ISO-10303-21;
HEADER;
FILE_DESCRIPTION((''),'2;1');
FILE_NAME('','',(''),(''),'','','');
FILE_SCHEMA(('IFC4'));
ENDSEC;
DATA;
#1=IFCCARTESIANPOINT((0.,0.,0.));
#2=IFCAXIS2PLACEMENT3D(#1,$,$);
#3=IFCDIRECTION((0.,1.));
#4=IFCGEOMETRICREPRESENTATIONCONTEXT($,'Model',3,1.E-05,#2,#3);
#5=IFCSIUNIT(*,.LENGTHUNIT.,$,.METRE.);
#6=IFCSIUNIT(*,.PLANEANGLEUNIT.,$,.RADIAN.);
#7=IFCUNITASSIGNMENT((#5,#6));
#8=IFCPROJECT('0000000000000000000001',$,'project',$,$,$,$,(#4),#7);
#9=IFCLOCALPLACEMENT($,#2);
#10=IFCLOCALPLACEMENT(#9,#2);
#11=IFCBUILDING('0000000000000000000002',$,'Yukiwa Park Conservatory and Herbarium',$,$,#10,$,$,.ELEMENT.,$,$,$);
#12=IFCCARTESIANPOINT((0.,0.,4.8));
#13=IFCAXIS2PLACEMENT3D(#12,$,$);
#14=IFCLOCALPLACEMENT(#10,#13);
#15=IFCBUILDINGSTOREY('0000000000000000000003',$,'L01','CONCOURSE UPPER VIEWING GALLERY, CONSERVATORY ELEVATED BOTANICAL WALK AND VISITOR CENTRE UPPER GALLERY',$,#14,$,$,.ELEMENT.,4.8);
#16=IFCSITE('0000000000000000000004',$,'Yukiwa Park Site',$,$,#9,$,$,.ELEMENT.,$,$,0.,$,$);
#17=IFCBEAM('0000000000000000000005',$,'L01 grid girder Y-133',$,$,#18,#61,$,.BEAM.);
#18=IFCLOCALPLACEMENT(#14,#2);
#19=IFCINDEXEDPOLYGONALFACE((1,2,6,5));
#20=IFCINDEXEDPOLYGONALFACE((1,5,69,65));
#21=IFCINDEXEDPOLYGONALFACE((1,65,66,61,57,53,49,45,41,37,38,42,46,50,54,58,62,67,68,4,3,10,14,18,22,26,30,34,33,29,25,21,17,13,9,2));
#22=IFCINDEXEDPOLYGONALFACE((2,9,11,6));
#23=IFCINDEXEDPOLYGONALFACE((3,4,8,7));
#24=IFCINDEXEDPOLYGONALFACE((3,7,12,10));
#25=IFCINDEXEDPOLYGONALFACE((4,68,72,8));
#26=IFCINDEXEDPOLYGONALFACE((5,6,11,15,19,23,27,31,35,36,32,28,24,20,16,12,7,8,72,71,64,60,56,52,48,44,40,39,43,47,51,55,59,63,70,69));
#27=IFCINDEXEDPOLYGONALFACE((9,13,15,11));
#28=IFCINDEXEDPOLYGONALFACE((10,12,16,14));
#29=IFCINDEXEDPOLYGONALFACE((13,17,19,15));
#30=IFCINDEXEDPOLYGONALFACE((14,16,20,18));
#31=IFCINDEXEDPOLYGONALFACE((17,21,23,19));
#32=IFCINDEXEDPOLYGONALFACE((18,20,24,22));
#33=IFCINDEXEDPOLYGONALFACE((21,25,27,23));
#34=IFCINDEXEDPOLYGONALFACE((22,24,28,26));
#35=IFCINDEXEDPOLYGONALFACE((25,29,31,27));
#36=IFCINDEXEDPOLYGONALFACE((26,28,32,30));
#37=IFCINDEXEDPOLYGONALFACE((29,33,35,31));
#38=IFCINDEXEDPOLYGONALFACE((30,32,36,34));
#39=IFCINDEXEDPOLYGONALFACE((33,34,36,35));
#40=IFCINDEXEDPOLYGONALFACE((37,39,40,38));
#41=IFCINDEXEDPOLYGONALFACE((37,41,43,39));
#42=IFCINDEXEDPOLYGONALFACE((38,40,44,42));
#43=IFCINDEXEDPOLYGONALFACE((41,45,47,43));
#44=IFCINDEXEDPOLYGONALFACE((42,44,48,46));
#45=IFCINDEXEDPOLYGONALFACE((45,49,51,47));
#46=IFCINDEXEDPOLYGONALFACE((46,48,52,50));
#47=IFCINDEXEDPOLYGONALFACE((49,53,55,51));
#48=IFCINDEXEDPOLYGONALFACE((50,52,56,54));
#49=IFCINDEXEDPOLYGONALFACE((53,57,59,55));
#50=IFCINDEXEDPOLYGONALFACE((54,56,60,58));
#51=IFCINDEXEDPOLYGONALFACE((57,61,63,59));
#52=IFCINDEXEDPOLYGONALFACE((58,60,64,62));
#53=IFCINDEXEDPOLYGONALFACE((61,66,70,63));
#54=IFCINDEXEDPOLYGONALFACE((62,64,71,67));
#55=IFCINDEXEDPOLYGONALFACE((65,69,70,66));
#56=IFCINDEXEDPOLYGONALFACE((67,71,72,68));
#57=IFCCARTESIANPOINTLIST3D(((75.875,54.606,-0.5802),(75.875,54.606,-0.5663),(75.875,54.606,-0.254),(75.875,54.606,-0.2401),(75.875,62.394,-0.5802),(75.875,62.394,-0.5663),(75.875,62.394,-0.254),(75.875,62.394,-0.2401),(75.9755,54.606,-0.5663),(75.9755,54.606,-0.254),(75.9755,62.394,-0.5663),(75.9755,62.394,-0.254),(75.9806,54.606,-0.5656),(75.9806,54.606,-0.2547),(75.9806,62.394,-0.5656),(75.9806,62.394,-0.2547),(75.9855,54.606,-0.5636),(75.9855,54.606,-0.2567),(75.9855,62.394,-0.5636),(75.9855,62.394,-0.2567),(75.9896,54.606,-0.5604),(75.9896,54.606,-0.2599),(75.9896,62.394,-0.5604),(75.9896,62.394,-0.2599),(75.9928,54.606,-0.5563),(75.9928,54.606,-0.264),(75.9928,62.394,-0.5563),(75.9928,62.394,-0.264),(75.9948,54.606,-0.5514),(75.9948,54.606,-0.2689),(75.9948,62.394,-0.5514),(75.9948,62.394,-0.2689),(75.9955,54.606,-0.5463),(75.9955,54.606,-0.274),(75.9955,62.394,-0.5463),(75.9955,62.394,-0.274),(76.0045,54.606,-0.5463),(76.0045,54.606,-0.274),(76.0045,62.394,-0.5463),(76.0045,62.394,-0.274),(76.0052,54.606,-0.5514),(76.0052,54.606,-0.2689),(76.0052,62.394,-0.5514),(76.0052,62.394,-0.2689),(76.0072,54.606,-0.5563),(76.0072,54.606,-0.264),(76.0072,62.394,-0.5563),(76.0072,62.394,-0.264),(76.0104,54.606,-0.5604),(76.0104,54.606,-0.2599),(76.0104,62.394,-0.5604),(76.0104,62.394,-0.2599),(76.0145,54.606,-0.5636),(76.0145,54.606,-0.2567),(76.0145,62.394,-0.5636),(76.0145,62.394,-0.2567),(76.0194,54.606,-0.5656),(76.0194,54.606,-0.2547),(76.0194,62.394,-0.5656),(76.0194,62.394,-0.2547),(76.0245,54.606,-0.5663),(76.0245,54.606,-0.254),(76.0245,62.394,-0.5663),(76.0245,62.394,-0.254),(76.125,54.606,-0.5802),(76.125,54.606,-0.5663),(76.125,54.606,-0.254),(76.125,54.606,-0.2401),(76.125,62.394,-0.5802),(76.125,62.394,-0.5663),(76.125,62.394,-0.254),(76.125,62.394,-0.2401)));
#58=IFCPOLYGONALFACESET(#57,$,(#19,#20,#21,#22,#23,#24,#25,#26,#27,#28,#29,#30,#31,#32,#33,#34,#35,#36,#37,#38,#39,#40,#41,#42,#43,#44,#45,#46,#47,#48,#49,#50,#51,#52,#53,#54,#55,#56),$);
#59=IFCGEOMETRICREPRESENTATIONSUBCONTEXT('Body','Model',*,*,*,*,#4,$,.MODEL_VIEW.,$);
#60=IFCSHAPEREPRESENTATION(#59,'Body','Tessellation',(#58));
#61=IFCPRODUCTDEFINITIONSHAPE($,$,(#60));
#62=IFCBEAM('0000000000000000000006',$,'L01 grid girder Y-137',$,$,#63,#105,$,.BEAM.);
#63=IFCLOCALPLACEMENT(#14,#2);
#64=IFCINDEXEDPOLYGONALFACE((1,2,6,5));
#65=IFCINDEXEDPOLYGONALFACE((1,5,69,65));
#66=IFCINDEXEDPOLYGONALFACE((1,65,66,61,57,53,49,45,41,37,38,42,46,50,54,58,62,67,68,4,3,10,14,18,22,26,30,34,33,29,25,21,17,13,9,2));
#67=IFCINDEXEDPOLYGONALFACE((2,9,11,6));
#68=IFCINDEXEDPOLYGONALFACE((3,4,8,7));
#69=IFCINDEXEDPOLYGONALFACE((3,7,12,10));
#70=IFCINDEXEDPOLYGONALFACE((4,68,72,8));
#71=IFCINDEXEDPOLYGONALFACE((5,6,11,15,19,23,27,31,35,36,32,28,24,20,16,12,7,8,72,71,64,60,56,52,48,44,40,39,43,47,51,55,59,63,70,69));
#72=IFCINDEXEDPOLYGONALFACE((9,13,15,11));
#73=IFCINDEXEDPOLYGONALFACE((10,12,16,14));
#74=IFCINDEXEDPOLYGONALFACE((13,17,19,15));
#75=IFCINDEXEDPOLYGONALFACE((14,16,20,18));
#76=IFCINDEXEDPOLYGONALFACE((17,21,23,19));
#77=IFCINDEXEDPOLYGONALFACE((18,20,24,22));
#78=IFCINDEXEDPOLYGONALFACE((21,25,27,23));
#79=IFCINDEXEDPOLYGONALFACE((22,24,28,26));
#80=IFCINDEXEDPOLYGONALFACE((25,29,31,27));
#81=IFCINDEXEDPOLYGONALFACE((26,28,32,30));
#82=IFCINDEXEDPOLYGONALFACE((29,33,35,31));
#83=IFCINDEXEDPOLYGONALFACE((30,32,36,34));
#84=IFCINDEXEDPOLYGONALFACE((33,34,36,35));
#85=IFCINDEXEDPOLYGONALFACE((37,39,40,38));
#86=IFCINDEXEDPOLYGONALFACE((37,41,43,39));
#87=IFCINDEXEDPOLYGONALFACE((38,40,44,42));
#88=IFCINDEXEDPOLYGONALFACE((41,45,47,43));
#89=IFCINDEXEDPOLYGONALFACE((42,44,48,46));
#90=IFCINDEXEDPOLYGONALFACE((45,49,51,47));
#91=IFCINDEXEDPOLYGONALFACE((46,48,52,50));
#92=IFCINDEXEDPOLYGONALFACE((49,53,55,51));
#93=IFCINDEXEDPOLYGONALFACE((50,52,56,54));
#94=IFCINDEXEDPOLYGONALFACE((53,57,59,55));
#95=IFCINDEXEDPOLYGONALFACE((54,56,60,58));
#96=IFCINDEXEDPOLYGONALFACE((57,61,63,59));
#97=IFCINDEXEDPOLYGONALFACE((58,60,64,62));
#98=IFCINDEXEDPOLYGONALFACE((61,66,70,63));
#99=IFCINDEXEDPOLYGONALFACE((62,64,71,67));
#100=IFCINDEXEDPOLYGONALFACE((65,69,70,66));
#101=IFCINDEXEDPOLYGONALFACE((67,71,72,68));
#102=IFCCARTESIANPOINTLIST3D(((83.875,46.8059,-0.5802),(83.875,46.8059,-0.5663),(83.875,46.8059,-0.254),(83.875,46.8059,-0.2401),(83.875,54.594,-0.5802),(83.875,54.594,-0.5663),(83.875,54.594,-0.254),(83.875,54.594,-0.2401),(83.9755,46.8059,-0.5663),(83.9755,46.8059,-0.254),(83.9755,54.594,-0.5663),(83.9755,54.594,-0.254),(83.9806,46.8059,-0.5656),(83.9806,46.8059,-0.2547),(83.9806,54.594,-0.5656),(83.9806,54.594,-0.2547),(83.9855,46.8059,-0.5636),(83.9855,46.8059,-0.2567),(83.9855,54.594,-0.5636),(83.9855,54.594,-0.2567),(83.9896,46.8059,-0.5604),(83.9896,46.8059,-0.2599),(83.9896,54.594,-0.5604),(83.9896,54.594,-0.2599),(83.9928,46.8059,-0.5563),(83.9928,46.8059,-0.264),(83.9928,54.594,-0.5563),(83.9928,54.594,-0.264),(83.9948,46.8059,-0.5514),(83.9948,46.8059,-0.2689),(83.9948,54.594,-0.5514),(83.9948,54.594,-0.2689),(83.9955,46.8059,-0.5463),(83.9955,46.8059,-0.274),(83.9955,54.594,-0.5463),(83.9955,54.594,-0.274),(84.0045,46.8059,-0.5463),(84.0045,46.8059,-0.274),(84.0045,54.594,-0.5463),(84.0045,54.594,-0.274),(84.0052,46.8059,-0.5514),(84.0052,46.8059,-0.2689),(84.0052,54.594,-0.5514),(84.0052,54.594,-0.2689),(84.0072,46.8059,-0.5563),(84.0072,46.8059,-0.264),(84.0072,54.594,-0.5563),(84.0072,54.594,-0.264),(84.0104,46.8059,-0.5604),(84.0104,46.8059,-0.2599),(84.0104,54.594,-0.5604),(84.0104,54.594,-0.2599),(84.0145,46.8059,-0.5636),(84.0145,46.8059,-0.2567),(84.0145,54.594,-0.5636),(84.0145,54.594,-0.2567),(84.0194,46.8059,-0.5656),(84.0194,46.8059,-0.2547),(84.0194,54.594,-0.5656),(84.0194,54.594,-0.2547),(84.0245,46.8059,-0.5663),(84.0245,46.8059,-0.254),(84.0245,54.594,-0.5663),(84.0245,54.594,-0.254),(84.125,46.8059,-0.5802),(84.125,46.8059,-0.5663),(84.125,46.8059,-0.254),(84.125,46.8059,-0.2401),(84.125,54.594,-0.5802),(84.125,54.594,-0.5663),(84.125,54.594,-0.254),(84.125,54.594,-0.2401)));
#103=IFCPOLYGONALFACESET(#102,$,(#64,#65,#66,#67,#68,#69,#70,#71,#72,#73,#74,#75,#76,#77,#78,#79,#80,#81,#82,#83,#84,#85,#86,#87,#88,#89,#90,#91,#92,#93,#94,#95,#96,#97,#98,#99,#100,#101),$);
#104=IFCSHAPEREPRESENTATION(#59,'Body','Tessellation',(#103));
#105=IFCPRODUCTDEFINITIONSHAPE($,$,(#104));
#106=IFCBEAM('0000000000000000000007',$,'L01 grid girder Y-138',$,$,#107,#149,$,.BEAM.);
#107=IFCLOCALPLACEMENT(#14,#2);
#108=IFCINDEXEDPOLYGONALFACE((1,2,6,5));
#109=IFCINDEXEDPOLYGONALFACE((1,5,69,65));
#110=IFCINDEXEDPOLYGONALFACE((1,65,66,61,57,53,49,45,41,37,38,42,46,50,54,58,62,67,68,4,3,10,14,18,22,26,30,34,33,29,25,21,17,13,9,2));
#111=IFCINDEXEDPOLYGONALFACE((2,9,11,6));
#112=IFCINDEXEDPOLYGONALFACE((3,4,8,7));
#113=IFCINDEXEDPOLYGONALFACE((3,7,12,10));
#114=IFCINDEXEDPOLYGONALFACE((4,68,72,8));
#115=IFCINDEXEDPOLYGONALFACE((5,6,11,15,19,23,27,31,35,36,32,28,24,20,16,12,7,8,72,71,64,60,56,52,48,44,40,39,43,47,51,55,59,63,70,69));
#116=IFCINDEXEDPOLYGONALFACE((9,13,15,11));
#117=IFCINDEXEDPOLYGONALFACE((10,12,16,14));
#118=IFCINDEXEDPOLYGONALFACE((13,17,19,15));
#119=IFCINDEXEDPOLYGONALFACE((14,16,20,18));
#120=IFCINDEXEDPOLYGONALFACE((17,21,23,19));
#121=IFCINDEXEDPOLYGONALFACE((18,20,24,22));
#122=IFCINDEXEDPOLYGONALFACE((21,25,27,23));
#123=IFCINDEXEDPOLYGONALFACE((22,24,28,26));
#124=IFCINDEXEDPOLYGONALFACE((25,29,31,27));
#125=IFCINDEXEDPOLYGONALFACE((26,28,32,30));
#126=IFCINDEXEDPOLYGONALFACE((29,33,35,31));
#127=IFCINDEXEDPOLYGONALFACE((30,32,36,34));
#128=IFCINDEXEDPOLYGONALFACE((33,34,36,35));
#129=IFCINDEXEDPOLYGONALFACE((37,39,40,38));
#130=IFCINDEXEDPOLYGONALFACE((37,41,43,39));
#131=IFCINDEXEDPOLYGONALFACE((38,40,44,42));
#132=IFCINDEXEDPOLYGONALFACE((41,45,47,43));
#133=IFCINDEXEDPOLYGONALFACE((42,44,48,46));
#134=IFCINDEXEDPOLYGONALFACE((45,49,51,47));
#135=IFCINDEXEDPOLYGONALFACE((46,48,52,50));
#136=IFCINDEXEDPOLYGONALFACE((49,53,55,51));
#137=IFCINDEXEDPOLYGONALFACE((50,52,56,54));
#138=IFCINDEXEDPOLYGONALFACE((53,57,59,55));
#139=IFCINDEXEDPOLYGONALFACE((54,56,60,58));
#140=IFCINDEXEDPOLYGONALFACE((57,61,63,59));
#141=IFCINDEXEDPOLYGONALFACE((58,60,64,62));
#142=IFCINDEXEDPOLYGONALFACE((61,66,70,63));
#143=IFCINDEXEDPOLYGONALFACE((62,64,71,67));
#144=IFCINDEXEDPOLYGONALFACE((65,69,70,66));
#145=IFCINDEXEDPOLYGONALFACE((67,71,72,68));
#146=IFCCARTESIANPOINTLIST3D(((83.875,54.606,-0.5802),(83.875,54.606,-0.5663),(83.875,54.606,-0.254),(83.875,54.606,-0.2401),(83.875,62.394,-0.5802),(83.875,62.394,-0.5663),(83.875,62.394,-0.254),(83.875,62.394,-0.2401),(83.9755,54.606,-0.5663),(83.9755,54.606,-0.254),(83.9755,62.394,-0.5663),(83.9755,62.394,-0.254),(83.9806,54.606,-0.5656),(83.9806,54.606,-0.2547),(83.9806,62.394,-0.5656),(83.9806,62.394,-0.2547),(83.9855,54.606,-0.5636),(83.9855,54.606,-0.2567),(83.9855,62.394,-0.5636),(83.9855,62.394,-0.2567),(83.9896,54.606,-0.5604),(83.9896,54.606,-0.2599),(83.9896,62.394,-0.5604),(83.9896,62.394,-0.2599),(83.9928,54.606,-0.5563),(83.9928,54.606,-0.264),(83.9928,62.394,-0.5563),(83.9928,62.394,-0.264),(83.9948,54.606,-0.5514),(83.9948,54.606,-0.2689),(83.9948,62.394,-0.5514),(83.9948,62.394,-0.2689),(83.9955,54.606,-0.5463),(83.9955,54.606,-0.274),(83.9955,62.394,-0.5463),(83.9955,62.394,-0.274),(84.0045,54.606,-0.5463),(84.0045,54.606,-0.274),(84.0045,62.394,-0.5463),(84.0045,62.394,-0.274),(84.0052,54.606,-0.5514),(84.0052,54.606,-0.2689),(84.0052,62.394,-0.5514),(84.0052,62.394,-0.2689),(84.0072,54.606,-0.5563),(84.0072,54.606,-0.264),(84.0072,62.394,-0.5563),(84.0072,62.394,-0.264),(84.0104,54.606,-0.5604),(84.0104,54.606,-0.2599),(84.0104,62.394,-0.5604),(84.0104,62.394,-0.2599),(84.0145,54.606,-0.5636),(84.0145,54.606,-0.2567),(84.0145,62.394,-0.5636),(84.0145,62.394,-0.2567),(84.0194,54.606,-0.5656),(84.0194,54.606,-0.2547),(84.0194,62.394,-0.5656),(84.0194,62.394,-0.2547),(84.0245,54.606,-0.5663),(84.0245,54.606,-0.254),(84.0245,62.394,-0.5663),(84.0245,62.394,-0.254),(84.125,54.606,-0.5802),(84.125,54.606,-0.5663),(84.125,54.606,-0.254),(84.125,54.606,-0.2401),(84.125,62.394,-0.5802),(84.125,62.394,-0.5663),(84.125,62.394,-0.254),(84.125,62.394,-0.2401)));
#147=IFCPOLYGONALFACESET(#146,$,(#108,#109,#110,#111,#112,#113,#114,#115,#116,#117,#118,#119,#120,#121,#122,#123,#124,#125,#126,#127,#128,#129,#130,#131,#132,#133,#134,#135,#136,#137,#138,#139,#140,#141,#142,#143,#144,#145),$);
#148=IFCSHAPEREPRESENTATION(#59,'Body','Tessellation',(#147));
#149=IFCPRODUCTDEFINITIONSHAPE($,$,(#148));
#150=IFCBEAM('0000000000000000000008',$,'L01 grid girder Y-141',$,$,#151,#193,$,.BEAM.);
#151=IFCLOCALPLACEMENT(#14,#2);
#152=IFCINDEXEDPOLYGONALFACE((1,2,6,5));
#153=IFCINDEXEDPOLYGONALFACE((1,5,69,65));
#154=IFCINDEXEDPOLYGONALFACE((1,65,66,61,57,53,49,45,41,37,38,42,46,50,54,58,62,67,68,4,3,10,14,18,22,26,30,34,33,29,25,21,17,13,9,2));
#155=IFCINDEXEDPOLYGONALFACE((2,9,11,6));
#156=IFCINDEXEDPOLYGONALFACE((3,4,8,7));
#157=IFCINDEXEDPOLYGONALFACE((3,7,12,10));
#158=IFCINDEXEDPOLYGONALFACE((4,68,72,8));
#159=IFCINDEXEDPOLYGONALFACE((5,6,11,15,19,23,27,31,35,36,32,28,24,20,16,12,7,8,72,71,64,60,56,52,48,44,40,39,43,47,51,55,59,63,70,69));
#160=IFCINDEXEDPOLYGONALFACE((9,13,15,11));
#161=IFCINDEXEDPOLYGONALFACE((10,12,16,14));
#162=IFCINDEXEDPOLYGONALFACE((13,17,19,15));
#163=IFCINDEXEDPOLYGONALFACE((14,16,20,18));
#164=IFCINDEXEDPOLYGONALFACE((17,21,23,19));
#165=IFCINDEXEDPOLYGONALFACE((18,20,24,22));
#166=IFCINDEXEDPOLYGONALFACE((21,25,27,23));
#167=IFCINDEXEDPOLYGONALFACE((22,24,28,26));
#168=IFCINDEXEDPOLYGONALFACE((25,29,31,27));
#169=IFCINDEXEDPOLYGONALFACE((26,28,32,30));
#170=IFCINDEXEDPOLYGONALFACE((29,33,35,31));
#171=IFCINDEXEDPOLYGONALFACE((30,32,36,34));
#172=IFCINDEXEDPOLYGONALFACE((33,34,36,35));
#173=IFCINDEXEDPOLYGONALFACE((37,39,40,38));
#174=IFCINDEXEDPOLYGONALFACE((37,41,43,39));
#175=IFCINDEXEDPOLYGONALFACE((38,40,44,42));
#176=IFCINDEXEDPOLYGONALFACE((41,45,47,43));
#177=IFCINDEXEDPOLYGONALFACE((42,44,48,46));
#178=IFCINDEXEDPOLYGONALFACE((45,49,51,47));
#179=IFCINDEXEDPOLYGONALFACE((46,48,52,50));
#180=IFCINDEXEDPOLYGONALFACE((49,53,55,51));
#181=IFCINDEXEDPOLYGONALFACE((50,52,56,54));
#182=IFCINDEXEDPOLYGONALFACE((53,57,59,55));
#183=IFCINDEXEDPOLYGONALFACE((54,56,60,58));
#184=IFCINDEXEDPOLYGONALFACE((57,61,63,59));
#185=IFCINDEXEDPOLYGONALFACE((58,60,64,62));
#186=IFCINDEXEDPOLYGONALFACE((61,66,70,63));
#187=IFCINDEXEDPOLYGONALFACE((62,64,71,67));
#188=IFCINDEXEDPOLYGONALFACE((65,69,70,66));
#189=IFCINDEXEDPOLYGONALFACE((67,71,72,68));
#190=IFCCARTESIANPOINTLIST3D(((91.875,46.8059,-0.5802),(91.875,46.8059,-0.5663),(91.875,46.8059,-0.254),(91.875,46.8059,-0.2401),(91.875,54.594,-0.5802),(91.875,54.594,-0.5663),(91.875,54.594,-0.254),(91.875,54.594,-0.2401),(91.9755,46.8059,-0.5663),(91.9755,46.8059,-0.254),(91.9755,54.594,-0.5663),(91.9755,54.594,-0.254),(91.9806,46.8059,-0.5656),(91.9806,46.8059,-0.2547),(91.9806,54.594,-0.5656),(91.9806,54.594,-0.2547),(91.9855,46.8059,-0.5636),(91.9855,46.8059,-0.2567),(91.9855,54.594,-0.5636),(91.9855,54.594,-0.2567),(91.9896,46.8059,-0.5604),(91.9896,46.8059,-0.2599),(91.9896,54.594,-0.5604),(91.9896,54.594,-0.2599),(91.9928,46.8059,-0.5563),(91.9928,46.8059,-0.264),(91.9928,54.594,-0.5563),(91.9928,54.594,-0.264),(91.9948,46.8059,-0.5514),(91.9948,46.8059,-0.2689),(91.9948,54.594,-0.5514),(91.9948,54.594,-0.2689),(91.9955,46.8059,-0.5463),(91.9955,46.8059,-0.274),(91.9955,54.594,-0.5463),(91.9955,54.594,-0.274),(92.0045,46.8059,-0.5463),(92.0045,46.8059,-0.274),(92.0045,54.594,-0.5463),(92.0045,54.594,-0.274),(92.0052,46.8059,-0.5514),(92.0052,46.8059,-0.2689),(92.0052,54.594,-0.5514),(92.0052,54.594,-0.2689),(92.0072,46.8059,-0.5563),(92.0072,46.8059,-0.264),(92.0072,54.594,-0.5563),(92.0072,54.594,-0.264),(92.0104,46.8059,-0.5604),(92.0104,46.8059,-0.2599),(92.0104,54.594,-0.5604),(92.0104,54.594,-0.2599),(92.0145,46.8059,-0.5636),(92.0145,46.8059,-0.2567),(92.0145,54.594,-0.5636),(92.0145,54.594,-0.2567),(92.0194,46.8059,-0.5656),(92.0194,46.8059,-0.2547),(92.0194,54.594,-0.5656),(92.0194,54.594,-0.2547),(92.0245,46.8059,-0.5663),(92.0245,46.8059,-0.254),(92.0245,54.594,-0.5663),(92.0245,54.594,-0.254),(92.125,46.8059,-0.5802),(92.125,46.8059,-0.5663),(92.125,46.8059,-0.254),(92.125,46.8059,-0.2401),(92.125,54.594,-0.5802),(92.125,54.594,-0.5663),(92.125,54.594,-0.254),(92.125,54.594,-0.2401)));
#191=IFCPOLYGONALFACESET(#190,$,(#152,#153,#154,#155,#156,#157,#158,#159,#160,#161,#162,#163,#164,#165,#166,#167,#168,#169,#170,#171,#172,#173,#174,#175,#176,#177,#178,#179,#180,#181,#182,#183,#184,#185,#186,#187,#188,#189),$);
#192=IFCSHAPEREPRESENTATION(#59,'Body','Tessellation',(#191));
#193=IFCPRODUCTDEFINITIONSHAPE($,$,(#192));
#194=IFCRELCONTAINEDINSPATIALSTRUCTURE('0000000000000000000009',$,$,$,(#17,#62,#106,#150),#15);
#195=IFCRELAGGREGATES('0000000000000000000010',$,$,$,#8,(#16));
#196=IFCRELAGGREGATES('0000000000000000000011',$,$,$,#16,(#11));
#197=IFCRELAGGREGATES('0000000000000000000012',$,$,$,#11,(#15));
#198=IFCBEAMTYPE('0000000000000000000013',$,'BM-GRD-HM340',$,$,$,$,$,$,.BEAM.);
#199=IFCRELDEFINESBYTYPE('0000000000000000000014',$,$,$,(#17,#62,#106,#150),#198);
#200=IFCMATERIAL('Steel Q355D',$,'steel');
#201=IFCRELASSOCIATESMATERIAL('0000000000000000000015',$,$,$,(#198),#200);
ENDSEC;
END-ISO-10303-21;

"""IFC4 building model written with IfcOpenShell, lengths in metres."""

from ifc_helpers import new_model, si_unit, direction, frame, origin, origin_2d, place, context, subcontext, project, spatial, i_section, extrude, material, material_profile, profile_set, type_object, element, save


model = new_model("IFC4")

# Units and contexts
model_context = context("Model", 3, precision=1e-05, world=origin(), true_north=direction((0.0, 1.0)))
body_context = subcontext(model_context, "Body", "Model", "MODEL_VIEW")
ifc_project = project(units=[si_unit("LENGTHUNIT", "METRE"), si_unit("PLANEANGLEUNIT", "RADIAN")], contexts=[model_context])

# Site, building, storey
site_placement = place(None, origin())
site = spatial("IfcSite", under=ifc_project, at=site_placement, Name="Yukiwa Park Site", CompositionType="ELEMENT", RefElevation=0.0)
building_placement = place(site_placement, origin())
building = spatial("IfcBuilding", under=site, at=building_placement, Name="Yukiwa Park Conservatory and Herbarium", CompositionType="ELEMENT")
storey_placement = place(building_placement, frame((0.0, 0.0, 4.8)))
storey = spatial("IfcBuildingStorey", under=building, at=storey_placement, Name="L01", Description="CONCOURSE UPPER VIEWING GALLERY, CONSERVATORY ELEVATED BOTANICAL WALK AND VISITOR CENTRE UPPER GALLERY", CompositionType="ELEMENT", Elevation=4.8)

# Beams
ifc_material_1 = material(Name="Steel Q355D", Category="steel")
ifc_material_profile_1 = material_profile(ifc_material_1, i_section(OverallWidth=0.25, OverallDepth=0.3401, WebThickness=0.009, FlangeThickness=0.0139, FilletRadius=0.02, at=origin_2d()), Name="HM 340x250x9x14")
ifc_profile_set_1 = profile_set([ifc_material_profile_1], Name="Steel Q355D")
beam_type_1 = type_object("IfcBeamType", Name="BM-GRD-HM340", PredefinedType="BEAM", material=ifc_profile_set_1)
for number, where, z_axis, x_axis, name in (
    (1, (76.0, 54.606, -0.4102), (0.0, 1.0, 0.0), (-1.0, 0.0, 0.0), "L01 grid girder Y-133"),
    (2, (84.0, 46.8059, -0.4102), (0.0, 1.0, 0.0), (-1.0, 0.0, 0.0), "L01 grid girder Y-137"),
    (3, (84.0, 54.606, -0.4102), (0.0, 1.0, 0.0), (-1.0, 0.0, 0.0), "L01 grid girder Y-138"),
    (4, (92.0, 46.8059, -0.4102), (0.0, 1.0, 0.0), (-1.0, 0.0, 0.0), "L01 grid girder Y-141"),
):
    element("IfcBeam", number, at=place(storey_placement, frame(where, z_axis=z_axis, x_axis=x_axis)), inside=storey, type_object=beam_type_1, Name=name, PredefinedType="BEAM", context=body_context, shape_type="SweptSolid", body=[
        extrude(i_section(OverallWidth=0.25, OverallDepth=0.3401, WebThickness=0.009, FlangeThickness=0.0139, FilletRadius=0.02, at=origin_2d()), origin(), (0.0, 0.0, 1.0), 7.7881),
    ])

save(model, "model.ifc")
